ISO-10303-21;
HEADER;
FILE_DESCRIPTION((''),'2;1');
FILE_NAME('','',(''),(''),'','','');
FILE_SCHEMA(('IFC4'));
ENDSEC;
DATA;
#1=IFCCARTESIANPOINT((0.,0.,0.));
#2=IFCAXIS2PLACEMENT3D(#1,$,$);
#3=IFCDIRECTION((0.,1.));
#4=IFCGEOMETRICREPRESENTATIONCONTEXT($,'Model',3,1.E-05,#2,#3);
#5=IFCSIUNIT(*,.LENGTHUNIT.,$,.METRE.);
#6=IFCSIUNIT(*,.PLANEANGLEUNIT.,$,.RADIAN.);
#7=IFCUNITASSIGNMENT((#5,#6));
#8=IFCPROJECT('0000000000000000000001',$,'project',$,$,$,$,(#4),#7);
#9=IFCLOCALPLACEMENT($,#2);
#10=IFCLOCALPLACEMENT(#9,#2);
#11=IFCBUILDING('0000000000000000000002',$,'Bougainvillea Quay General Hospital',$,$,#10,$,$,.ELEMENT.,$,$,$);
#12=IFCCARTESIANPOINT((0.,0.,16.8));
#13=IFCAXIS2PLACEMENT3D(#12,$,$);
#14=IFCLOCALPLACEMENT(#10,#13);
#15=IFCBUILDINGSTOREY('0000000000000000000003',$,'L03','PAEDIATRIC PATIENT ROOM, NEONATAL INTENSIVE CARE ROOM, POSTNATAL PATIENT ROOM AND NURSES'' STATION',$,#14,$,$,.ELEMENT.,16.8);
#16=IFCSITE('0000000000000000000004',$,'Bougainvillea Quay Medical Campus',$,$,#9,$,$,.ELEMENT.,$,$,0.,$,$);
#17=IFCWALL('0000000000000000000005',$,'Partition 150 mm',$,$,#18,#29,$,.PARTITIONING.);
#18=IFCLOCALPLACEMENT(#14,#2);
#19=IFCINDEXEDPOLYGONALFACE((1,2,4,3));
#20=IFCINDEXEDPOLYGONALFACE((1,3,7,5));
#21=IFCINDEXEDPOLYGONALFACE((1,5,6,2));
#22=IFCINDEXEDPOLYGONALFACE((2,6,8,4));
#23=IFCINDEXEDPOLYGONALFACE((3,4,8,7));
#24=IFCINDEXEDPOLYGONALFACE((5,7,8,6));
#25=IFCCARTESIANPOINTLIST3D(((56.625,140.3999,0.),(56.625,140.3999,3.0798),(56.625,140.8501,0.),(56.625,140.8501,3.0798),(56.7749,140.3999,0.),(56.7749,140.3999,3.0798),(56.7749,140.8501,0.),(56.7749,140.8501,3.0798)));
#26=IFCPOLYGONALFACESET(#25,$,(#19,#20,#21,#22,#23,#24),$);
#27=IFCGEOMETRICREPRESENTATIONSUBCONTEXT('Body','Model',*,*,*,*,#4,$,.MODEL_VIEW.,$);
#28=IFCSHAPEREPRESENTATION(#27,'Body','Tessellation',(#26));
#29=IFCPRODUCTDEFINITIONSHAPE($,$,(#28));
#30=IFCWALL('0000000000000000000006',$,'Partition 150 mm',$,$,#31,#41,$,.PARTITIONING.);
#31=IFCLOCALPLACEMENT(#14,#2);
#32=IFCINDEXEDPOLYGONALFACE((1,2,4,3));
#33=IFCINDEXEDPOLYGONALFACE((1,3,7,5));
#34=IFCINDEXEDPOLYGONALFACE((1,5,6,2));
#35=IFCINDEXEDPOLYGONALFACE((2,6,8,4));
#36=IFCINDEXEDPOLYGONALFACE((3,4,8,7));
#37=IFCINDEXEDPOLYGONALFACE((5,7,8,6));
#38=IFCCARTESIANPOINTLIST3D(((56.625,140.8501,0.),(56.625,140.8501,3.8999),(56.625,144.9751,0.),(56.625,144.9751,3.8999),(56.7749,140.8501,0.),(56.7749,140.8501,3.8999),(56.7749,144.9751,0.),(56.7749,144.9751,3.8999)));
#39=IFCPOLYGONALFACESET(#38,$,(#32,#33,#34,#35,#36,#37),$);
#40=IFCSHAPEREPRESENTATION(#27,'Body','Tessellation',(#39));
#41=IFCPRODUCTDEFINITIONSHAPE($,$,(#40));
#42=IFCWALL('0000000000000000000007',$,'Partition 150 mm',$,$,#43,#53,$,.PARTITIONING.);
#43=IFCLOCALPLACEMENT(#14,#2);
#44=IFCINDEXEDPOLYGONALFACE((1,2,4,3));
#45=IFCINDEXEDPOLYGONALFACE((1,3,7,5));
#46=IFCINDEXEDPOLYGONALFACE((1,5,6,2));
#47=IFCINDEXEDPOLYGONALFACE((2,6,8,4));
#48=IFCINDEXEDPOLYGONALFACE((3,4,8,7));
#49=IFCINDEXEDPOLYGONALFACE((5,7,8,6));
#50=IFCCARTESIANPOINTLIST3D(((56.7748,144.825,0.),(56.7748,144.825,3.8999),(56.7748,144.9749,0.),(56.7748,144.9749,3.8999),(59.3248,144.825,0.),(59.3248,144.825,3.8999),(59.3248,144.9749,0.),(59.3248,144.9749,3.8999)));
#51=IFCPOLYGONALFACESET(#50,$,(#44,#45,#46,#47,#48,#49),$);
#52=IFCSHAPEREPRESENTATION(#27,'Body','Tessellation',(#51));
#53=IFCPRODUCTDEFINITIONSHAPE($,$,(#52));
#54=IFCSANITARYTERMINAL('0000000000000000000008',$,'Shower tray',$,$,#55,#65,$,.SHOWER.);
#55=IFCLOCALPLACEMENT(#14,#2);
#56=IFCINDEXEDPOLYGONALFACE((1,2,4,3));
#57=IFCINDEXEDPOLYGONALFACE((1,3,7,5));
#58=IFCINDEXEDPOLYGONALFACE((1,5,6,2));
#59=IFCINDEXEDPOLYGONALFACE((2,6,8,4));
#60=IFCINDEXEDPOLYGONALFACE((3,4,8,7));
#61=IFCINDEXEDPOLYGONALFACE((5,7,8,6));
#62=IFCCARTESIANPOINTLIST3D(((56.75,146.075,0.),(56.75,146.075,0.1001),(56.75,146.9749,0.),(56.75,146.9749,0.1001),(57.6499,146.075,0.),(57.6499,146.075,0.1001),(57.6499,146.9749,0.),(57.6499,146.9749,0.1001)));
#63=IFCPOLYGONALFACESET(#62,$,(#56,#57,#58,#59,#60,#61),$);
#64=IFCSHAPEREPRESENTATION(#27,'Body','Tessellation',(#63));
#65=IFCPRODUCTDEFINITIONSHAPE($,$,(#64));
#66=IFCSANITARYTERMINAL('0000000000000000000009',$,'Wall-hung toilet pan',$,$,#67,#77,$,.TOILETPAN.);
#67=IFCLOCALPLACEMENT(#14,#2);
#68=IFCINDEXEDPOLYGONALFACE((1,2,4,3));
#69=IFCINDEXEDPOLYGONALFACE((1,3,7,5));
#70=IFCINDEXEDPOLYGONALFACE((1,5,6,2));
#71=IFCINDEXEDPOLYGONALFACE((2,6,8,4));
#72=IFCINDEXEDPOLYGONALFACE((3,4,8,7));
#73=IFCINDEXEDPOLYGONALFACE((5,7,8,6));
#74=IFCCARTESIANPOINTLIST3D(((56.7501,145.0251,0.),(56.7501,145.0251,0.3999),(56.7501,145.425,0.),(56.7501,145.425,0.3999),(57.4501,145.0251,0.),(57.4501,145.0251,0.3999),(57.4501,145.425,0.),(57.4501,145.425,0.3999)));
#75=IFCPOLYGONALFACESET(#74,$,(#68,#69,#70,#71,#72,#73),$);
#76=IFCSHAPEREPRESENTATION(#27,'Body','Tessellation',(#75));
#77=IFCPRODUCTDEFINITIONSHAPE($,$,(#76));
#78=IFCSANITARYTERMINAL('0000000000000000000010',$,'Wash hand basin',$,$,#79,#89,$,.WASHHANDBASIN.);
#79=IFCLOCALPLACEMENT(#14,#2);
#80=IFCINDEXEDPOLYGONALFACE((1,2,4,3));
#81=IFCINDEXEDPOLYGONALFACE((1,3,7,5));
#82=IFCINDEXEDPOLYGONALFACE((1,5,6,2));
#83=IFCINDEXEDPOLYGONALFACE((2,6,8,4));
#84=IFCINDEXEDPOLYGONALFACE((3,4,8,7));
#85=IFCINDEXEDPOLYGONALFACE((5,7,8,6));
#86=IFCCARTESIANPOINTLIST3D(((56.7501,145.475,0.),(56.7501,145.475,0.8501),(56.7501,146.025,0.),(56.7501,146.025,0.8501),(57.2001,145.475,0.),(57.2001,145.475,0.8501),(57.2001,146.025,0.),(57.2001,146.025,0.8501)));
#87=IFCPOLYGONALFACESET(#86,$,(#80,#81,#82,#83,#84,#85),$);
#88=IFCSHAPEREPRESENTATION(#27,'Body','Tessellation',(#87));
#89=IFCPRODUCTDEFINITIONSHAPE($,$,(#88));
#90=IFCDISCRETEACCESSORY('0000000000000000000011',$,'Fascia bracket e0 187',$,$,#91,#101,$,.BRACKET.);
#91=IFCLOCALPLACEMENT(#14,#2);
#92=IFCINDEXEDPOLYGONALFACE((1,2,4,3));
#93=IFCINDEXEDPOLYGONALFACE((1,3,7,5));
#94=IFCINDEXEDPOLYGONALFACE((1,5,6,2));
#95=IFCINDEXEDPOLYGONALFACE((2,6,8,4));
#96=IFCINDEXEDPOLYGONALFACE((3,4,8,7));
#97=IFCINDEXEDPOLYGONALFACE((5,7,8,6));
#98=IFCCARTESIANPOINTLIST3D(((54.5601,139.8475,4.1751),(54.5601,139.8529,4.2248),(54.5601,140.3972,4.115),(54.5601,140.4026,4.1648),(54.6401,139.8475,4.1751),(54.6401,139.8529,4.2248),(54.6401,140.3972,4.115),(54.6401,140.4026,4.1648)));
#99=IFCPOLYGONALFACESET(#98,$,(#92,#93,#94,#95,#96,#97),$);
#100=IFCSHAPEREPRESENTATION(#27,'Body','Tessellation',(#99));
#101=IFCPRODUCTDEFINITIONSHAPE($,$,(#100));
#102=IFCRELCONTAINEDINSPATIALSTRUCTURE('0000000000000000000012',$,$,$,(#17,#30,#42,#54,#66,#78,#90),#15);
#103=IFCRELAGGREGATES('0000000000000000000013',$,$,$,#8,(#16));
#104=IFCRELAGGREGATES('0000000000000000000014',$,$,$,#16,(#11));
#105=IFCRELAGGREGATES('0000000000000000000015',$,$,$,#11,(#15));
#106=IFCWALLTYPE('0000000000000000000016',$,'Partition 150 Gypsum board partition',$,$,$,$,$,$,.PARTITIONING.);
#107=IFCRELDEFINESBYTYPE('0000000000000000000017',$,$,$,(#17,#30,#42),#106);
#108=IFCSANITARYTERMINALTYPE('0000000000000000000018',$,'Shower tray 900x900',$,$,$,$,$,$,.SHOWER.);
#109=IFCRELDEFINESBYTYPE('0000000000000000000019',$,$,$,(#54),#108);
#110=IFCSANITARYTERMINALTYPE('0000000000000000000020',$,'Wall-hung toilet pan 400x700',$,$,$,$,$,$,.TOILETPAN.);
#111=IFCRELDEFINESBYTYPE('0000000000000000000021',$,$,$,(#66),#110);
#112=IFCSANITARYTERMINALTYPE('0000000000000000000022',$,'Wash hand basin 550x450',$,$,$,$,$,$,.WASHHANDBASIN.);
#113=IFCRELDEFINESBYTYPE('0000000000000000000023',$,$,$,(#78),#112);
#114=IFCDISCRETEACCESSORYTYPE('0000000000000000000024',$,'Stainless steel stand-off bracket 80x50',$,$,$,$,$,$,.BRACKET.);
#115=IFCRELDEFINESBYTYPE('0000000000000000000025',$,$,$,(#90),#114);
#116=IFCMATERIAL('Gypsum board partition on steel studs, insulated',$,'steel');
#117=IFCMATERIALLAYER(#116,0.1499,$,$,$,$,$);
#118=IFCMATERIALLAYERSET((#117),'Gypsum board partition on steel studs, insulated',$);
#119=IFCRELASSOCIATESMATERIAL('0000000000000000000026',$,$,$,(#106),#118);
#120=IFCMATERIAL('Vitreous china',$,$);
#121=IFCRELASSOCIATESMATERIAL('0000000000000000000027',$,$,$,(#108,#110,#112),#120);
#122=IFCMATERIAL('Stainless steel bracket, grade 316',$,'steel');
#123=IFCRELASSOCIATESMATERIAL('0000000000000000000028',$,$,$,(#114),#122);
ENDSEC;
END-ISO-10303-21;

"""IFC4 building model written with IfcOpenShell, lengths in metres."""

from ifc_helpers import new_model, si_unit, direction, frame, frame_2d, origin, origin_2d, place, context, subcontext, project, spatial, rectangle, extrude, material, layer, layer_set, material_profile, profile_set, type_object, element, save


model = new_model("IFC4")

# Units and contexts
model_context = context("Model", 3, precision=1e-05, world=origin(), true_north=direction((0.0, 1.0)))
body_context = subcontext(model_context, "Body", "Model", "MODEL_VIEW")
ifc_project = project(units=[si_unit("LENGTHUNIT", "METRE"), si_unit("PLANEANGLEUNIT", "RADIAN")], contexts=[model_context])

# Site, building, storey
site_placement = place(None, origin())
site = spatial("IfcSite", under=ifc_project, at=site_placement, Name="Bougainvillea Quay Medical Campus", CompositionType="ELEMENT", RefElevation=0.0)
building_placement = place(site_placement, origin())
building = spatial("IfcBuilding", under=site, at=building_placement, Name="Bougainvillea Quay General Hospital", CompositionType="ELEMENT")
storey_placement = place(building_placement, frame((0.0, 0.0, 16.8)))
storey = spatial("IfcBuildingStorey", under=building, at=storey_placement, Name="L03", Description="PAEDIATRIC PATIENT ROOM, NEONATAL INTENSIVE CARE ROOM, POSTNATAL PATIENT ROOM AND NURSES' STATION", CompositionType="ELEMENT", Elevation=16.8)

# Walls
ifc_material_1 = material(Name="Gypsum board partition on steel studs, insulated", Category="steel")
ifc_layer_1 = layer(ifc_material_1, 0.1499)
ifc_layer_set_1 = layer_set([ifc_layer_1], Name="Gypsum board partition on steel studs, insulated")
wall_type_1 = type_object("IfcWallType", Name="Partition 150 Gypsum board partition", PredefinedType="PARTITIONING", material=ifc_layer_set_1)
wall_1_placement = place(storey_placement, frame((56.7, 140.3999, 0.0), z_axis=(0.0, 0.0, 1.0), x_axis=(0.0, 1.0, 0.0)))
element("IfcWall", 1, at=wall_1_placement, inside=storey, type_object=wall_type_1, Name="Partition 150 mm", PredefinedType="PARTITIONING", context=body_context, shape_type="SweptSolid", body=[
    extrude(rectangle(XDim=0.4502, YDim=0.1499, at=frame_2d((0.2251, 0.0))), origin(), (0.0, 0.0, 1.0), 3.0798),
])
wall_2_placement = place(storey_placement, frame((56.7, 140.8501, 0.0), z_axis=(0.0, 0.0, 1.0), x_axis=(0.0, 1.0, 0.0)))
element("IfcWall", 2, at=wall_2_placement, inside=storey, type_object=wall_type_1, Name="Partition 150 mm", PredefinedType="PARTITIONING", context=body_context, shape_type="SweptSolid", body=[
    extrude(rectangle(XDim=4.125, YDim=0.1499, at=frame_2d((2.0625, 0.0))), origin(), (0.0, 0.0, 1.0), 3.8999),
])
wall_3_placement = place(storey_placement, frame((56.7749, 144.8999, 0.0), z_axis=(0.0, 0.0, 1.0), x_axis=(1.0, 0.0, 0.0)))
element("IfcWall", 3, at=wall_3_placement, inside=storey, type_object=wall_type_1, Name="Partition 150 mm", PredefinedType="PARTITIONING", context=body_context, shape_type="SweptSolid", body=[
    extrude(rectangle(XDim=2.55, YDim=0.1499, at=frame_2d((1.2749, 0.0))), origin(), (0.0, 0.0, 1.0), 3.8999),
])

# Sanitary terminals
ifc_material_2 = material(Name="Vitreous china")
sanitary_terminal_type_1 = type_object("IfcSanitaryTerminalType", Name="Shower tray 900x900", PredefinedType="SHOWER", material=ifc_material_2)
sanitary_terminal_1_placement = place(storey_placement, frame((57.2, 146.5249, 0.0), z_axis=(0.0, 0.0, 1.0), x_axis=(0.0, 1.0, 0.0)))
element("IfcSanitaryTerminal", 4, at=sanitary_terminal_1_placement, inside=storey, type_object=sanitary_terminal_type_1, Name="Shower tray", PredefinedType="SHOWER", context=body_context, shape_type="SweptSolid", body=[
    extrude(rectangle(XDim=0.8999, YDim=0.8999, at=origin_2d()), origin(), (0.0, 0.0, 1.0), 0.1001),
])
sanitary_terminal_type_2 = type_object("IfcSanitaryTerminalType", Name="Wall-hung toilet pan 400x700", PredefinedType="TOILETPAN", material=ifc_material_2)
sanitary_terminal_2_placement = place(storey_placement, frame((57.1001, 145.2251, 0.0), z_axis=(0.0, 0.0, 1.0), x_axis=(0.0, 1.0, 0.0)))
element("IfcSanitaryTerminal", 5, at=sanitary_terminal_2_placement, inside=storey, type_object=sanitary_terminal_type_2, Name="Wall-hung toilet pan", PredefinedType="TOILETPAN", context=body_context, shape_type="SweptSolid", body=[
    extrude(rectangle(XDim=0.3999, YDim=0.7, at=origin_2d()), origin(), (0.0, 0.0, 1.0), 0.3999),
])
sanitary_terminal_type_3 = type_object("IfcSanitaryTerminalType", Name="Wash hand basin 550x450", PredefinedType="WASHHANDBASIN", material=ifc_material_2)
sanitary_terminal_3_placement = place(storey_placement, frame((56.9751, 145.75, 0.0), z_axis=(0.0, 0.0, 1.0), x_axis=(0.0, 1.0, 0.0)))
element("IfcSanitaryTerminal", 6, at=sanitary_terminal_3_placement, inside=storey, type_object=sanitary_terminal_type_3, Name="Wash hand basin", PredefinedType="WASHHANDBASIN", context=body_context, shape_type="SweptSolid", body=[
    extrude(rectangle(XDim=0.55, YDim=0.45, at=origin_2d()), origin(), (0.0, 0.0, 1.0), 0.8501),
])

# Discrete accessory
ifc_material_3 = material(Name="Stainless steel bracket, grade 316", Category="steel")
ifc_material_profile_1 = material_profile(ifc_material_3, rectangle(XDim=0.0801, YDim=0.05, at=origin_2d()))
ifc_profile_set_1 = profile_set([ifc_material_profile_1], Name="Stainless steel bracket, grade 316")
discrete_accessory_type = type_object("IfcDiscreteAccessoryType", Name="Stainless steel stand-off bracket 80x50", PredefinedType="BRACKET", material=ifc_profile_set_1)
discrete_accessory_placement = place(storey_placement, frame((54.6001, 140.3999, 4.1399), z_axis=(0.0, -0.994087, 0.10859), x_axis=(1.0, 0.0, 0.0)))
element("IfcDiscreteAccessory", 7, at=discrete_accessory_placement, inside=storey, type_object=discrete_accessory_type, Name="Fascia bracket e0 187", PredefinedType="BRACKET", context=body_context, shape_type="SweptSolid", body=[
    extrude(rectangle(XDim=0.0801, YDim=0.05, at=origin_2d()), origin(), (0.0, 0.0, 1.0), 0.553),
])

save(model, "model.ifc")
